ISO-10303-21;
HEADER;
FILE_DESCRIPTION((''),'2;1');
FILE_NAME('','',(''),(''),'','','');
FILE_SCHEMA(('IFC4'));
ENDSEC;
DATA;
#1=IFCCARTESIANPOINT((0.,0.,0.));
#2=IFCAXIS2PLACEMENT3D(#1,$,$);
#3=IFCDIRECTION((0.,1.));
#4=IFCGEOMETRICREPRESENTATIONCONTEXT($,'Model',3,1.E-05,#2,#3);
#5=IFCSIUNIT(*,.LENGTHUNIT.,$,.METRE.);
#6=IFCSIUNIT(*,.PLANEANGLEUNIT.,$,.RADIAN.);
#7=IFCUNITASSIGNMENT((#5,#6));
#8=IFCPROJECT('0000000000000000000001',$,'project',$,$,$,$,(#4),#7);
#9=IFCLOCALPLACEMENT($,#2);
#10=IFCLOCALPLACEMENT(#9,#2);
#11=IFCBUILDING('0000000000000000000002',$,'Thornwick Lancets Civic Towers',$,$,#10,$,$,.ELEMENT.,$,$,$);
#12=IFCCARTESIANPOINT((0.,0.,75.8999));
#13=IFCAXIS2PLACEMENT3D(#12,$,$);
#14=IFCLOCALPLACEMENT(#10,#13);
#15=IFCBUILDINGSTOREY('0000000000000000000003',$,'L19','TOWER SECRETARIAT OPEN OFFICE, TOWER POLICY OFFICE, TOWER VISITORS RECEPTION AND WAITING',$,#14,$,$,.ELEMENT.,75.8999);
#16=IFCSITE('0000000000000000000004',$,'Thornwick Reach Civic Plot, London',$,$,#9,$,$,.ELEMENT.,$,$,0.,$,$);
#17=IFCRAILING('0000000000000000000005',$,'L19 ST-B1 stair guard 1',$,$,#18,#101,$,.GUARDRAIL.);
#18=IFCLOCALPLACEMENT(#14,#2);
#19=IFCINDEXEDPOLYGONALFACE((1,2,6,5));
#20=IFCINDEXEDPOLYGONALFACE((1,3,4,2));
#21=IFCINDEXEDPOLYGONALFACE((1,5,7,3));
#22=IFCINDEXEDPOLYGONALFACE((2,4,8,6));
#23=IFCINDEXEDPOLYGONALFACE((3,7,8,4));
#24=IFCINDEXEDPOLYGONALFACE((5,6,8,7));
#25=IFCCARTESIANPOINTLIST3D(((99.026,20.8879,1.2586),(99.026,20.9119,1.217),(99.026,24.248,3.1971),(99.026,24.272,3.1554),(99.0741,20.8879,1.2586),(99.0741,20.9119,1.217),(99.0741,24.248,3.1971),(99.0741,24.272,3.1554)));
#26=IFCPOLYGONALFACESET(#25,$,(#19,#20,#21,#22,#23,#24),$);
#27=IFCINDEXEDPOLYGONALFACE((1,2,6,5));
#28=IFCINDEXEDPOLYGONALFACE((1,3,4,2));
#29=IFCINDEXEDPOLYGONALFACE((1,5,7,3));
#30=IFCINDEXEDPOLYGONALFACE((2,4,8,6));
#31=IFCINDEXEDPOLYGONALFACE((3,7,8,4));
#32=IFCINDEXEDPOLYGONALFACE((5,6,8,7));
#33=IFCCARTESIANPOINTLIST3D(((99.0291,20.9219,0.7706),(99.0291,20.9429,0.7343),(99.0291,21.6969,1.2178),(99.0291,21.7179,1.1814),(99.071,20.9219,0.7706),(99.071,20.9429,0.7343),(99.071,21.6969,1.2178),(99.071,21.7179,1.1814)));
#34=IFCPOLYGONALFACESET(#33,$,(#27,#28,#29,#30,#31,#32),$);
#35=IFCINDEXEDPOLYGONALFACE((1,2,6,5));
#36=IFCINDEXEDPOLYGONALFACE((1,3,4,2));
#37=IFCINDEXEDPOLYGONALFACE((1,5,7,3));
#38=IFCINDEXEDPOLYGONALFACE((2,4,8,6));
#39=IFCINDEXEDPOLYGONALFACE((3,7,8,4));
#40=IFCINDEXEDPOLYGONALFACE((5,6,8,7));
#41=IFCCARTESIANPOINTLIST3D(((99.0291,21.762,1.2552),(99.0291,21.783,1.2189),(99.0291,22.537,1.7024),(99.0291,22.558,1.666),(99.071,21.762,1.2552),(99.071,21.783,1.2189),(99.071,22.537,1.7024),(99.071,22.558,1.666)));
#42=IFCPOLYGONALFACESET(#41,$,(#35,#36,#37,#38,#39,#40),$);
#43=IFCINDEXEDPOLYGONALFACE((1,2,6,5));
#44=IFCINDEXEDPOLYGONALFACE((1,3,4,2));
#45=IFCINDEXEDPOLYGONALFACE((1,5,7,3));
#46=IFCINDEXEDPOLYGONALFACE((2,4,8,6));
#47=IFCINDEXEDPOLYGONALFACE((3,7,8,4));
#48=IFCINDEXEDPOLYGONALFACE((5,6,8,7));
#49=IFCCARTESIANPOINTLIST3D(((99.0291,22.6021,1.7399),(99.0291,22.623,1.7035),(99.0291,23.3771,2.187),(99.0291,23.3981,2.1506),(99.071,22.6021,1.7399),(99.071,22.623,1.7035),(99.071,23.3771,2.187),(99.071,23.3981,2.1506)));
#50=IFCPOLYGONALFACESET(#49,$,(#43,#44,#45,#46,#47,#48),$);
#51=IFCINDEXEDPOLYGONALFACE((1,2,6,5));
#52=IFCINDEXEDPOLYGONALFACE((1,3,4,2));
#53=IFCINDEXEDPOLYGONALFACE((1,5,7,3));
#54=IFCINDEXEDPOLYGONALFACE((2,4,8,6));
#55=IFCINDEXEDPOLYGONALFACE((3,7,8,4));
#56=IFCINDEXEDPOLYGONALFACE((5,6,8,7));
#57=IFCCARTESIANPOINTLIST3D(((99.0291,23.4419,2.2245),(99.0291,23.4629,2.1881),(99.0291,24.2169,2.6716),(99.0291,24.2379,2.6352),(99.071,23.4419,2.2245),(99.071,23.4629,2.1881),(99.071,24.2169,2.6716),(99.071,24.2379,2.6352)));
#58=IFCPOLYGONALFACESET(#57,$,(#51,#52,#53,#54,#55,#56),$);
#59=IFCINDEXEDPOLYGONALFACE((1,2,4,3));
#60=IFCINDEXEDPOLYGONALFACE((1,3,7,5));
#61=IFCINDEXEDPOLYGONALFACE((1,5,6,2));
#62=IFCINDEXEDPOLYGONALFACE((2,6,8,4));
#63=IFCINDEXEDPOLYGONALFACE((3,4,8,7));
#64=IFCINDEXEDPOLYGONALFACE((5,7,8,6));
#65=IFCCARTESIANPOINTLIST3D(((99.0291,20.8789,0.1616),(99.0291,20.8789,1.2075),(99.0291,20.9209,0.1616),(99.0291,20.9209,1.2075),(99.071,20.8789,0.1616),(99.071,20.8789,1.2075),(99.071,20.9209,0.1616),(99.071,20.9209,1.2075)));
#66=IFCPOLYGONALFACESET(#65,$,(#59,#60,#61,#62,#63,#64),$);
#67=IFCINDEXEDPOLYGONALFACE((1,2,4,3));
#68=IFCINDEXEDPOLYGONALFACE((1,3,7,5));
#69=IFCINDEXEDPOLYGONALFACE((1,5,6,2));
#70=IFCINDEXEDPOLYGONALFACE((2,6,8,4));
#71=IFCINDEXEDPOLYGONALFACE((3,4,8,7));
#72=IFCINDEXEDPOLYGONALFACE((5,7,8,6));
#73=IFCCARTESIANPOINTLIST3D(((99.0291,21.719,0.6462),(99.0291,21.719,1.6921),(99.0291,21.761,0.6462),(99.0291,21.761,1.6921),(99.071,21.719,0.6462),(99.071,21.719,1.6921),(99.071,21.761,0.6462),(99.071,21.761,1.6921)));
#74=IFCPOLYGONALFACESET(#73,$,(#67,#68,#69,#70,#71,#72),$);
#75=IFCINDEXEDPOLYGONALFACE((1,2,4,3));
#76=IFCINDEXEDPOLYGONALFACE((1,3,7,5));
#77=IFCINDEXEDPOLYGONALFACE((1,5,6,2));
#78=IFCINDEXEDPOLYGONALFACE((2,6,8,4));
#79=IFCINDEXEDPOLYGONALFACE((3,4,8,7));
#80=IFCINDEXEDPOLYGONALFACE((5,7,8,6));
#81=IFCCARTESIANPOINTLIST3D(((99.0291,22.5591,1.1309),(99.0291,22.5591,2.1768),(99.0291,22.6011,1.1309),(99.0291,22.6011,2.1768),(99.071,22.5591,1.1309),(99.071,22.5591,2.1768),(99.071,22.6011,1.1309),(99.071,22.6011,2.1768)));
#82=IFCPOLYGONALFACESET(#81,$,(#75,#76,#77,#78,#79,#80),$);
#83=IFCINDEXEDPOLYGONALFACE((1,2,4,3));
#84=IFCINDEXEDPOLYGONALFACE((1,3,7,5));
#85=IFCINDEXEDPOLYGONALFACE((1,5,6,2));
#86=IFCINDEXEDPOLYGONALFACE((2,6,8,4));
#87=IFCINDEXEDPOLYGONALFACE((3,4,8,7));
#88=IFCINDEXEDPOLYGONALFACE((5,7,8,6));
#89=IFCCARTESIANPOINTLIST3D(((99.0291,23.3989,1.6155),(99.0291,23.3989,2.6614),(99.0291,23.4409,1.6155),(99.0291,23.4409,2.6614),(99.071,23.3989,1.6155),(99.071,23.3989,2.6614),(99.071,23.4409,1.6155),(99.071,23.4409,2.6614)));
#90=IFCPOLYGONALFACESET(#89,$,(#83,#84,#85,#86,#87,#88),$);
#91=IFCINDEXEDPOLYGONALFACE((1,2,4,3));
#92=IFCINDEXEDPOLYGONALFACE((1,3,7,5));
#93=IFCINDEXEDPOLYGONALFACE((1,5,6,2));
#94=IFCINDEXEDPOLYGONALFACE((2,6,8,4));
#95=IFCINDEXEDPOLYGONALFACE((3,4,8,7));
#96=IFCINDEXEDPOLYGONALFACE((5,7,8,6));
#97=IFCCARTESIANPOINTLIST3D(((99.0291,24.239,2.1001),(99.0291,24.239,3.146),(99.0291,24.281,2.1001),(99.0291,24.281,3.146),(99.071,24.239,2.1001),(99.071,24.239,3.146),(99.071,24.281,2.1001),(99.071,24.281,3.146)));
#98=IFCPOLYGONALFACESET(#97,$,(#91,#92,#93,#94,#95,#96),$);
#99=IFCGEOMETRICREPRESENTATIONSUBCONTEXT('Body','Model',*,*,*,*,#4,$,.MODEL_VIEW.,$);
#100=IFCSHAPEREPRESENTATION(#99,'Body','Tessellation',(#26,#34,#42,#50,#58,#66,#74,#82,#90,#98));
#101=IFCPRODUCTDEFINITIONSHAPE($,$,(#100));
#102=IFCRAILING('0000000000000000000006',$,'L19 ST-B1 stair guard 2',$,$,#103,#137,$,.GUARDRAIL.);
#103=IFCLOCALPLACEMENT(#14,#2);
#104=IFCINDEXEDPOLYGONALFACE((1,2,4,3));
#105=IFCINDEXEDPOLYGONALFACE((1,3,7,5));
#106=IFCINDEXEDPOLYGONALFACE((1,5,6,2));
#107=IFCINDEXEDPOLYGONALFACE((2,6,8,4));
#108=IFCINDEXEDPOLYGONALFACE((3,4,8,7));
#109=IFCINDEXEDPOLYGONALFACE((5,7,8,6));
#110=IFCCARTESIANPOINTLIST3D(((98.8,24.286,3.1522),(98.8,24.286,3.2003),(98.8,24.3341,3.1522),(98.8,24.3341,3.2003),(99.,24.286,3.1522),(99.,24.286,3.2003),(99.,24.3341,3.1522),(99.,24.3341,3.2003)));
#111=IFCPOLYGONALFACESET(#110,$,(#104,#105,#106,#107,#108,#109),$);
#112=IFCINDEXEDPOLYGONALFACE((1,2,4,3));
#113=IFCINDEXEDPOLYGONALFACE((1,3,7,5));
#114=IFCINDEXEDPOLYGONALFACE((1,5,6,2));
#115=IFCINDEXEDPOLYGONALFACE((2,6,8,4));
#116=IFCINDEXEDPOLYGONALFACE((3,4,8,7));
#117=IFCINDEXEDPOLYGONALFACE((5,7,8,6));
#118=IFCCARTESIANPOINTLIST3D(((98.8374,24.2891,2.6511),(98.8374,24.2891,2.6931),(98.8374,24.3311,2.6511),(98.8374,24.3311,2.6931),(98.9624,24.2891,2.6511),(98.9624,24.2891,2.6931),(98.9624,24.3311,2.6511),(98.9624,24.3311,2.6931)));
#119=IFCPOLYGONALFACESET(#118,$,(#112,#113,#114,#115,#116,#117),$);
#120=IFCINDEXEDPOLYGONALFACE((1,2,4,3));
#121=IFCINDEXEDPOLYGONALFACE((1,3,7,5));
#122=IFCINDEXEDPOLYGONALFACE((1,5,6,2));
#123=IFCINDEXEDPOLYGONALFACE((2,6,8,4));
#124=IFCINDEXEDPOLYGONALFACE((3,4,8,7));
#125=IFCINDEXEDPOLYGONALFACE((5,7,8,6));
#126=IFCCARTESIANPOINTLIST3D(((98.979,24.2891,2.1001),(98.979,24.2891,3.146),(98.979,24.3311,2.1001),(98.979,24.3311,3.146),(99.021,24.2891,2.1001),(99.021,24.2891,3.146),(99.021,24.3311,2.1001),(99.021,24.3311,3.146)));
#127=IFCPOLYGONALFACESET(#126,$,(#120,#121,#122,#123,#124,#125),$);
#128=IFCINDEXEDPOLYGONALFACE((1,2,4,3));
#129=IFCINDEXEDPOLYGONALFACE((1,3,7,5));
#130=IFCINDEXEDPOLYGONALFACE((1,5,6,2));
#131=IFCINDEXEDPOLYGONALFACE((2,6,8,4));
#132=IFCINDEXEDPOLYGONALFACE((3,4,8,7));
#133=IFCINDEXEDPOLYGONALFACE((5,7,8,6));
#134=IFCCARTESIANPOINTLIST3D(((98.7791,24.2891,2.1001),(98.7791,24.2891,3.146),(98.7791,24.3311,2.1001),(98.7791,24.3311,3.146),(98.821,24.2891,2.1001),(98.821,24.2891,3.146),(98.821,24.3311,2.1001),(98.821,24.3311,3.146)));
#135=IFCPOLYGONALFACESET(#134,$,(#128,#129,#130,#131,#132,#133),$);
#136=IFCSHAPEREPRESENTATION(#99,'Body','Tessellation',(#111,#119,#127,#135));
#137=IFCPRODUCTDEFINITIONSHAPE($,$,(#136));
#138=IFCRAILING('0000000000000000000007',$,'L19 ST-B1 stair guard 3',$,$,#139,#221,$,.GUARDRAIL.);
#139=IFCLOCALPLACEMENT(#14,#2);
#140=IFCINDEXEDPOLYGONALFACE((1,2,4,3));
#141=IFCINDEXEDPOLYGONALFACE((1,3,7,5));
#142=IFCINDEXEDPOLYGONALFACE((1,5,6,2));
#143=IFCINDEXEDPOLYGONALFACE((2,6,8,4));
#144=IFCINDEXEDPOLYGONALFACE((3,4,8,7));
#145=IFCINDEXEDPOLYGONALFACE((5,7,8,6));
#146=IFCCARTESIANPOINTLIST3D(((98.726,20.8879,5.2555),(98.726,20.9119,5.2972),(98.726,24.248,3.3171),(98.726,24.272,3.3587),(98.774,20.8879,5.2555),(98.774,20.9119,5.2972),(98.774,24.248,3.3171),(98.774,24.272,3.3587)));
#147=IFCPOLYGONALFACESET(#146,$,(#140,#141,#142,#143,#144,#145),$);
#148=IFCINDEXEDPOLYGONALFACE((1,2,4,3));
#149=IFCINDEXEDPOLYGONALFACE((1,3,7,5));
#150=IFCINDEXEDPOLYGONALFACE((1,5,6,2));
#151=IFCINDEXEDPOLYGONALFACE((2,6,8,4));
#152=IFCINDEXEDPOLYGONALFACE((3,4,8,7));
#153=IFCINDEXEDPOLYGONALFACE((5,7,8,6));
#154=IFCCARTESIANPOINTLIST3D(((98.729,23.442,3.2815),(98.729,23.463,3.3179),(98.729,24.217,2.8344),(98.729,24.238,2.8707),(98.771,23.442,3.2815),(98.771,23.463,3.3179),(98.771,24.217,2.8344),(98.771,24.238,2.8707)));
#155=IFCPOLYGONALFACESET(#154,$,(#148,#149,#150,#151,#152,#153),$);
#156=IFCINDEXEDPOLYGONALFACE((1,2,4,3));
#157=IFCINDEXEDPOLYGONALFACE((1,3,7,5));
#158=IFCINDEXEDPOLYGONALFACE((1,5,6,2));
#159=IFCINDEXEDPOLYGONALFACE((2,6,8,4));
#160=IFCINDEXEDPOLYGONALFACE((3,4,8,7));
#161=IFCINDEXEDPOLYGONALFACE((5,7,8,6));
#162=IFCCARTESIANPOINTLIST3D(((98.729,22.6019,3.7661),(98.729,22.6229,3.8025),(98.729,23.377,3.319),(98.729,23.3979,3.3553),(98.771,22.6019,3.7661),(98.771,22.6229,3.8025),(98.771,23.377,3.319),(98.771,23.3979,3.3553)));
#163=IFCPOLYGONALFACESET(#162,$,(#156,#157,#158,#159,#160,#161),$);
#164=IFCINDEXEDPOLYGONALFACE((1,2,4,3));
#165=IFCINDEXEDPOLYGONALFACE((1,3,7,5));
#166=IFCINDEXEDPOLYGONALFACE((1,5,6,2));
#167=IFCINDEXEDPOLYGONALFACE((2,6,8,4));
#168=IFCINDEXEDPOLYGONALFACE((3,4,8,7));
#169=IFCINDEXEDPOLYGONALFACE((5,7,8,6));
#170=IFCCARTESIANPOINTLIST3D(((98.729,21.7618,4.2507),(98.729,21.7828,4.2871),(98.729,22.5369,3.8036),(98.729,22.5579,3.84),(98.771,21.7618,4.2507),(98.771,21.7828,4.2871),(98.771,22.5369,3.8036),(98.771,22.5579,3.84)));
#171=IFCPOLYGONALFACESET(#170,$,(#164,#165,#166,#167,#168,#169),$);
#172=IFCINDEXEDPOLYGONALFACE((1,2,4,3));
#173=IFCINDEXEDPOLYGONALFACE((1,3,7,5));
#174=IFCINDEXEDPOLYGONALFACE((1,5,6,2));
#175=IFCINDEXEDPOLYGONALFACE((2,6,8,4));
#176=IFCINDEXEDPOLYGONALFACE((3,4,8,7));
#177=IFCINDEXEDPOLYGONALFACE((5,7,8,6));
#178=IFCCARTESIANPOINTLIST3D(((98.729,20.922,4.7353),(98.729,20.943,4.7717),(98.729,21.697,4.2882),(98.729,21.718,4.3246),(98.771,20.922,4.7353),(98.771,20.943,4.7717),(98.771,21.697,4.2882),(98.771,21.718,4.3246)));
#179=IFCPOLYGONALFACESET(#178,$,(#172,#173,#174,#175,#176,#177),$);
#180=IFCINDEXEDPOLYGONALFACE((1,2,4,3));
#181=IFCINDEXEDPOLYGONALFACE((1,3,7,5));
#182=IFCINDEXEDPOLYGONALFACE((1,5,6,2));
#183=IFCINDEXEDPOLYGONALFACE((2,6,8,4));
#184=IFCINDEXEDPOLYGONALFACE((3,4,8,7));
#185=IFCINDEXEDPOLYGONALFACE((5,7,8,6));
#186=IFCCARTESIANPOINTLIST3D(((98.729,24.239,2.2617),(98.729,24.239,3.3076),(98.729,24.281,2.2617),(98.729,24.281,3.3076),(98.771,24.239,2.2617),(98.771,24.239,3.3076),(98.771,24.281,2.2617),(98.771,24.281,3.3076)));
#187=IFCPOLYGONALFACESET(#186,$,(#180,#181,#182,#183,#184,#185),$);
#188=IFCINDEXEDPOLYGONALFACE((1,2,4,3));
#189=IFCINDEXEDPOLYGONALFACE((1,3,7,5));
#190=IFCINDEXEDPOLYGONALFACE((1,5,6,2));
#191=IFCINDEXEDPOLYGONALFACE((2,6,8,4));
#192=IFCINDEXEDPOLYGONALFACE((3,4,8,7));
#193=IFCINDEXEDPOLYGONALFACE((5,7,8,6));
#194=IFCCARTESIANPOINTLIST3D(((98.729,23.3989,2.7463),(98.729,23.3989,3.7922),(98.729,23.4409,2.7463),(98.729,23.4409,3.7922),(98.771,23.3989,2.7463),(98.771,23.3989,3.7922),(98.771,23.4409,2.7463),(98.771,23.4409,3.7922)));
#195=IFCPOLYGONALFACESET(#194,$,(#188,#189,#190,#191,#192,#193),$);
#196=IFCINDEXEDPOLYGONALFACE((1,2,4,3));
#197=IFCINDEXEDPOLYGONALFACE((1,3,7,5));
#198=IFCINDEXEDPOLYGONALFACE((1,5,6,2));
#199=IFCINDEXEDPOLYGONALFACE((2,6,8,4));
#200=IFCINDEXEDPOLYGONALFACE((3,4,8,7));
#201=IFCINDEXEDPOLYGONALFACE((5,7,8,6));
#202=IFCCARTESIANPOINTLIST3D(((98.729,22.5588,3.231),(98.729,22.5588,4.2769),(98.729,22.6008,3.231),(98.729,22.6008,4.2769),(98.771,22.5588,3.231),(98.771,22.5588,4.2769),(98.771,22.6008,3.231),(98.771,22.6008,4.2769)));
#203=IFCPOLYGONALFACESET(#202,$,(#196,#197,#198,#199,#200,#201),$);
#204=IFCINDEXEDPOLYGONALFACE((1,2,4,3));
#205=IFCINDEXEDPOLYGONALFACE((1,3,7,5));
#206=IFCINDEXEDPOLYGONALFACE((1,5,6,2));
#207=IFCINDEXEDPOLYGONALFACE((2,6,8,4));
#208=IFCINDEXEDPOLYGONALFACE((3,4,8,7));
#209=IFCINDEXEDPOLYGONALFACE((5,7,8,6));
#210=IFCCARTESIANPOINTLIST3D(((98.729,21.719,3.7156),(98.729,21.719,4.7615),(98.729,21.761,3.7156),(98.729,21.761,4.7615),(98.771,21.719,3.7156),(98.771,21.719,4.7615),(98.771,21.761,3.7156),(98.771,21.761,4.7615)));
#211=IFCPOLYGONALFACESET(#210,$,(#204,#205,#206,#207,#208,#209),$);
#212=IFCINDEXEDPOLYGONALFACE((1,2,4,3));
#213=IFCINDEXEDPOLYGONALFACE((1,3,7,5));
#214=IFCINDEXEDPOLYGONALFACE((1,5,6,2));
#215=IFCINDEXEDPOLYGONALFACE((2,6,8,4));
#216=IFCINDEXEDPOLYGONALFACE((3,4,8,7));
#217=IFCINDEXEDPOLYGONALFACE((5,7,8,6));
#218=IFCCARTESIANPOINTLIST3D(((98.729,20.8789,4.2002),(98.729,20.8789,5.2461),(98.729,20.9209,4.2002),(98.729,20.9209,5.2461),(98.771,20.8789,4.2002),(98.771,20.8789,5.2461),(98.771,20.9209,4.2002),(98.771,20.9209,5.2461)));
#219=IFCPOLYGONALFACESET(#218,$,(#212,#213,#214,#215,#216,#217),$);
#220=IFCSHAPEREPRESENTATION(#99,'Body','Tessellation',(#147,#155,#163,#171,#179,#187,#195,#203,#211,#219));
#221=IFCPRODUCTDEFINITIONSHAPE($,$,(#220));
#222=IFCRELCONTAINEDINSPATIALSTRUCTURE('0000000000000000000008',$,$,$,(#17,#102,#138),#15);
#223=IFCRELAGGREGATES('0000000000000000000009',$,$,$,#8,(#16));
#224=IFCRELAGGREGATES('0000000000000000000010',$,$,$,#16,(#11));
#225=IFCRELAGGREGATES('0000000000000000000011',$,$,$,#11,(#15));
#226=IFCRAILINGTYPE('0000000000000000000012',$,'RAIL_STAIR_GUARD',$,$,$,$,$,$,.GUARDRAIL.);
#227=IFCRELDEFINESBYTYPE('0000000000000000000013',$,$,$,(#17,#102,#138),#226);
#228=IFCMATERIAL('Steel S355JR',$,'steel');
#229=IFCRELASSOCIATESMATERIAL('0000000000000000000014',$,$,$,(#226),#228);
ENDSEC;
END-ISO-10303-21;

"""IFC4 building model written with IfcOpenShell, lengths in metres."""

from ifc_helpers import new_model, si_unit, direction, frame, origin, origin_2d, place, context, subcontext, project, spatial, rectangle, extrude, material, type_object, element, save


model = new_model("IFC4")

# Units and contexts
model_context = context("Model", 3, precision=1e-05, world=origin(), true_north=direction((0.0, 1.0)))
body_context = subcontext(model_context, "Body", "Model", "MODEL_VIEW")
ifc_project = project(units=[si_unit("LENGTHUNIT", "METRE"), si_unit("PLANEANGLEUNIT", "RADIAN")], contexts=[model_context])

# Site, building, storey
site_placement = place(None, origin())
site = spatial("IfcSite", under=ifc_project, at=site_placement, Name="Thornwick Reach Civic Plot, London", CompositionType="ELEMENT", RefElevation=0.0)
building_placement = place(site_placement, origin())
building = spatial("IfcBuilding", under=site, at=building_placement, Name="Thornwick Lancets Civic Towers", CompositionType="ELEMENT")
storey_placement = place(building_placement, frame((0.0, 0.0, 75.8999)))
storey = spatial("IfcBuildingStorey", under=building, at=storey_placement, Name="L19", Description="TOWER SECRETARIAT OPEN OFFICE, TOWER POLICY OFFICE, TOWER VISITORS RECEPTION AND WAITING", CompositionType="ELEMENT", Elevation=75.8999)

# Shared definitions
ifc_material_1 = material(Name="Steel S355JR", Category="steel")

# Railings
railing_type_1 = type_object("IfcRailingType", Name="RAIL_STAIR_GUARD", PredefinedType="GUARDRAIL", material=ifc_material_1)
railing_1_placement = place(storey_placement, frame((99.05, 20.8999, 0.1616)))
element("IfcRailing", 1, at=railing_1_placement, inside=storey, type_object=railing_type_1, Name="L19 ST-B1 stair guard 1", PredefinedType="GUARDRAIL", context=body_context, shape_type="SweptSolid", body=[
    extrude(rectangle(XDim=0.0481, YDim=0.0481, at=origin_2d()), frame((0.0, 0.0, 1.0762), z_axis=(0.0, 0.866191, 0.499713), x_axis=(-1.0, 0.0, 0.0)), (0.0, 0.0, 1.0), 3.8792),
    extrude(rectangle(XDim=0.042, YDim=0.042, at=origin_2d()), frame((0.0, 0.0325, 0.5908), z_axis=(0.0, 0.866191, 0.499713), x_axis=(-1.0, 0.0, 0.0)), (0.0, 0.0, 1.0), 0.8948),
    extrude(rectangle(XDim=0.042, YDim=0.042, at=origin_2d()), frame((0.0, 0.8726, 1.0754), z_axis=(0.0, 0.866191, 0.499713), x_axis=(-1.0, 0.0, 0.0)), (0.0, 0.0, 1.0), 0.8948),
    extrude(rectangle(XDim=0.042, YDim=0.042, at=origin_2d()), frame((0.0, 1.7126, 1.5601), z_axis=(0.0, 0.866191, 0.499713), x_axis=(-1.0, 0.0, 0.0)), (0.0, 0.0, 1.0), 0.8948),
    extrude(rectangle(XDim=0.042, YDim=0.042, at=origin_2d()), frame((0.0, 2.5525, 2.0447), z_axis=(0.0, 0.866191, 0.499713), x_axis=(-1.0, 0.0, 0.0)), (0.0, 0.0, 1.0), 0.8948),
    extrude(rectangle(XDim=0.042, YDim=0.042, at=origin_2d()), origin(), (0.0, 0.0, 1.0), 1.0459),
    extrude(rectangle(XDim=0.042, YDim=0.042, at=origin_2d()), frame((0.0, 0.8401, 0.4846)), (0.0, 0.0, 1.0), 1.0459),
    extrude(rectangle(XDim=0.042, YDim=0.042, at=origin_2d()), frame((0.0, 1.6802, 0.9692)), (0.0, 0.0, 1.0), 1.0459),
    extrude(rectangle(XDim=0.042, YDim=0.042, at=origin_2d()), frame((0.0, 2.52, 1.4539)), (0.0, 0.0, 1.0), 1.0459),
    extrude(rectangle(XDim=0.042, YDim=0.042, at=origin_2d()), frame((0.0, 3.3601, 1.9385)), (0.0, 0.0, 1.0), 1.0459),
])
railing_2_placement = place(storey_placement, frame((99.0, 24.3101, 2.1001)))
element("IfcRailing", 2, at=railing_2_placement, inside=storey, type_object=railing_type_1, Name="L19 ST-B1 stair guard 2", PredefinedType="GUARDRAIL", context=body_context, shape_type="SweptSolid", body=[
    extrude(rectangle(XDim=0.0481, YDim=0.0481, at=origin_2d()), frame((0.0, 0.0, 1.0762), z_axis=(-1.0, 0.0, 0.0), x_axis=(0.0, -1.0, 0.0)), (0.0, 0.0, 1.0), 0.2),
    extrude(rectangle(XDim=0.042, YDim=0.042, at=origin_2d()), frame((-0.0376, 0.0, 0.572), z_axis=(-1.0, 0.0, 0.0), x_axis=(0.0, -1.0, 0.0)), (0.0, 0.0, 1.0), 0.125),
    extrude(rectangle(XDim=0.042, YDim=0.042, at=origin_2d()), origin(), (0.0, 0.0, 1.0), 1.0459),
    extrude(rectangle(XDim=0.042, YDim=0.042, at=origin_2d()), frame((-0.2, 0.0, 0.0)), (0.0, 0.0, 1.0), 1.0459),
])
railing_3_placement = place(storey_placement, frame((98.75, 24.26, 2.2617)))
element("IfcRailing", 3, at=railing_3_placement, inside=storey, type_object=railing_type_1, Name="L19 ST-B1 stair guard 3", PredefinedType="GUARDRAIL", context=body_context, shape_type="SweptSolid", body=[
    extrude(rectangle(XDim=0.0481, YDim=0.0481, at=origin_2d()), frame((0.0, 0.0, 1.0762), z_axis=(0.0, -0.866191, 0.499713), x_axis=(1.0, 0.0, 0.0)), (0.0, 0.0, 1.0), 3.8792),
    extrude(rectangle(XDim=0.042, YDim=0.042, at=origin_2d()), frame((0.0, -0.0325, 0.5908), z_axis=(0.0, -0.866191, 0.499713), x_axis=(1.0, 0.0, 0.0)), (0.0, 0.0, 1.0), 0.8948),
    extrude(rectangle(XDim=0.042, YDim=0.042, at=origin_2d()), frame((0.0, -0.8726, 1.0754), z_axis=(0.0, -0.866191, 0.499713), x_axis=(1.0, 0.0, 0.0)), (0.0, 0.0, 1.0), 0.8948),
    extrude(rectangle(XDim=0.042, YDim=0.042, at=origin_2d()), frame((0.0, -1.7126, 1.5601), z_axis=(0.0, -0.866191, 0.499713), x_axis=(1.0, 0.0, 0.0)), (0.0, 0.0, 1.0), 0.8948),
    extrude(rectangle(XDim=0.042, YDim=0.042, at=origin_2d()), frame((0.0, -2.5525, 2.0447), z_axis=(0.0, -0.866191, 0.499713), x_axis=(1.0, 0.0, 0.0)), (0.0, 0.0, 1.0), 0.8948),
    extrude(rectangle(XDim=0.042, YDim=0.042, at=origin_2d()), origin(), (0.0, 0.0, 1.0), 1.0459),
    extrude(rectangle(XDim=0.042, YDim=0.042, at=origin_2d()), frame((0.0, -0.8401, 0.4846)), (0.0, 0.0, 1.0), 1.0459),
    extrude(rectangle(XDim=0.042, YDim=0.042, at=origin_2d()), frame((0.0, -1.6802, 0.9692)), (0.0, 0.0, 1.0), 1.0459),
    extrude(rectangle(XDim=0.042, YDim=0.042, at=origin_2d()), frame((0.0, -2.52, 1.4539)), (0.0, 0.0, 1.0), 1.0459),
    extrude(rectangle(XDim=0.042, YDim=0.042, at=origin_2d()), frame((0.0, -3.3601, 1.9385)), (0.0, 0.0, 1.0), 1.0459),
])

save(model, "model.ifc")
